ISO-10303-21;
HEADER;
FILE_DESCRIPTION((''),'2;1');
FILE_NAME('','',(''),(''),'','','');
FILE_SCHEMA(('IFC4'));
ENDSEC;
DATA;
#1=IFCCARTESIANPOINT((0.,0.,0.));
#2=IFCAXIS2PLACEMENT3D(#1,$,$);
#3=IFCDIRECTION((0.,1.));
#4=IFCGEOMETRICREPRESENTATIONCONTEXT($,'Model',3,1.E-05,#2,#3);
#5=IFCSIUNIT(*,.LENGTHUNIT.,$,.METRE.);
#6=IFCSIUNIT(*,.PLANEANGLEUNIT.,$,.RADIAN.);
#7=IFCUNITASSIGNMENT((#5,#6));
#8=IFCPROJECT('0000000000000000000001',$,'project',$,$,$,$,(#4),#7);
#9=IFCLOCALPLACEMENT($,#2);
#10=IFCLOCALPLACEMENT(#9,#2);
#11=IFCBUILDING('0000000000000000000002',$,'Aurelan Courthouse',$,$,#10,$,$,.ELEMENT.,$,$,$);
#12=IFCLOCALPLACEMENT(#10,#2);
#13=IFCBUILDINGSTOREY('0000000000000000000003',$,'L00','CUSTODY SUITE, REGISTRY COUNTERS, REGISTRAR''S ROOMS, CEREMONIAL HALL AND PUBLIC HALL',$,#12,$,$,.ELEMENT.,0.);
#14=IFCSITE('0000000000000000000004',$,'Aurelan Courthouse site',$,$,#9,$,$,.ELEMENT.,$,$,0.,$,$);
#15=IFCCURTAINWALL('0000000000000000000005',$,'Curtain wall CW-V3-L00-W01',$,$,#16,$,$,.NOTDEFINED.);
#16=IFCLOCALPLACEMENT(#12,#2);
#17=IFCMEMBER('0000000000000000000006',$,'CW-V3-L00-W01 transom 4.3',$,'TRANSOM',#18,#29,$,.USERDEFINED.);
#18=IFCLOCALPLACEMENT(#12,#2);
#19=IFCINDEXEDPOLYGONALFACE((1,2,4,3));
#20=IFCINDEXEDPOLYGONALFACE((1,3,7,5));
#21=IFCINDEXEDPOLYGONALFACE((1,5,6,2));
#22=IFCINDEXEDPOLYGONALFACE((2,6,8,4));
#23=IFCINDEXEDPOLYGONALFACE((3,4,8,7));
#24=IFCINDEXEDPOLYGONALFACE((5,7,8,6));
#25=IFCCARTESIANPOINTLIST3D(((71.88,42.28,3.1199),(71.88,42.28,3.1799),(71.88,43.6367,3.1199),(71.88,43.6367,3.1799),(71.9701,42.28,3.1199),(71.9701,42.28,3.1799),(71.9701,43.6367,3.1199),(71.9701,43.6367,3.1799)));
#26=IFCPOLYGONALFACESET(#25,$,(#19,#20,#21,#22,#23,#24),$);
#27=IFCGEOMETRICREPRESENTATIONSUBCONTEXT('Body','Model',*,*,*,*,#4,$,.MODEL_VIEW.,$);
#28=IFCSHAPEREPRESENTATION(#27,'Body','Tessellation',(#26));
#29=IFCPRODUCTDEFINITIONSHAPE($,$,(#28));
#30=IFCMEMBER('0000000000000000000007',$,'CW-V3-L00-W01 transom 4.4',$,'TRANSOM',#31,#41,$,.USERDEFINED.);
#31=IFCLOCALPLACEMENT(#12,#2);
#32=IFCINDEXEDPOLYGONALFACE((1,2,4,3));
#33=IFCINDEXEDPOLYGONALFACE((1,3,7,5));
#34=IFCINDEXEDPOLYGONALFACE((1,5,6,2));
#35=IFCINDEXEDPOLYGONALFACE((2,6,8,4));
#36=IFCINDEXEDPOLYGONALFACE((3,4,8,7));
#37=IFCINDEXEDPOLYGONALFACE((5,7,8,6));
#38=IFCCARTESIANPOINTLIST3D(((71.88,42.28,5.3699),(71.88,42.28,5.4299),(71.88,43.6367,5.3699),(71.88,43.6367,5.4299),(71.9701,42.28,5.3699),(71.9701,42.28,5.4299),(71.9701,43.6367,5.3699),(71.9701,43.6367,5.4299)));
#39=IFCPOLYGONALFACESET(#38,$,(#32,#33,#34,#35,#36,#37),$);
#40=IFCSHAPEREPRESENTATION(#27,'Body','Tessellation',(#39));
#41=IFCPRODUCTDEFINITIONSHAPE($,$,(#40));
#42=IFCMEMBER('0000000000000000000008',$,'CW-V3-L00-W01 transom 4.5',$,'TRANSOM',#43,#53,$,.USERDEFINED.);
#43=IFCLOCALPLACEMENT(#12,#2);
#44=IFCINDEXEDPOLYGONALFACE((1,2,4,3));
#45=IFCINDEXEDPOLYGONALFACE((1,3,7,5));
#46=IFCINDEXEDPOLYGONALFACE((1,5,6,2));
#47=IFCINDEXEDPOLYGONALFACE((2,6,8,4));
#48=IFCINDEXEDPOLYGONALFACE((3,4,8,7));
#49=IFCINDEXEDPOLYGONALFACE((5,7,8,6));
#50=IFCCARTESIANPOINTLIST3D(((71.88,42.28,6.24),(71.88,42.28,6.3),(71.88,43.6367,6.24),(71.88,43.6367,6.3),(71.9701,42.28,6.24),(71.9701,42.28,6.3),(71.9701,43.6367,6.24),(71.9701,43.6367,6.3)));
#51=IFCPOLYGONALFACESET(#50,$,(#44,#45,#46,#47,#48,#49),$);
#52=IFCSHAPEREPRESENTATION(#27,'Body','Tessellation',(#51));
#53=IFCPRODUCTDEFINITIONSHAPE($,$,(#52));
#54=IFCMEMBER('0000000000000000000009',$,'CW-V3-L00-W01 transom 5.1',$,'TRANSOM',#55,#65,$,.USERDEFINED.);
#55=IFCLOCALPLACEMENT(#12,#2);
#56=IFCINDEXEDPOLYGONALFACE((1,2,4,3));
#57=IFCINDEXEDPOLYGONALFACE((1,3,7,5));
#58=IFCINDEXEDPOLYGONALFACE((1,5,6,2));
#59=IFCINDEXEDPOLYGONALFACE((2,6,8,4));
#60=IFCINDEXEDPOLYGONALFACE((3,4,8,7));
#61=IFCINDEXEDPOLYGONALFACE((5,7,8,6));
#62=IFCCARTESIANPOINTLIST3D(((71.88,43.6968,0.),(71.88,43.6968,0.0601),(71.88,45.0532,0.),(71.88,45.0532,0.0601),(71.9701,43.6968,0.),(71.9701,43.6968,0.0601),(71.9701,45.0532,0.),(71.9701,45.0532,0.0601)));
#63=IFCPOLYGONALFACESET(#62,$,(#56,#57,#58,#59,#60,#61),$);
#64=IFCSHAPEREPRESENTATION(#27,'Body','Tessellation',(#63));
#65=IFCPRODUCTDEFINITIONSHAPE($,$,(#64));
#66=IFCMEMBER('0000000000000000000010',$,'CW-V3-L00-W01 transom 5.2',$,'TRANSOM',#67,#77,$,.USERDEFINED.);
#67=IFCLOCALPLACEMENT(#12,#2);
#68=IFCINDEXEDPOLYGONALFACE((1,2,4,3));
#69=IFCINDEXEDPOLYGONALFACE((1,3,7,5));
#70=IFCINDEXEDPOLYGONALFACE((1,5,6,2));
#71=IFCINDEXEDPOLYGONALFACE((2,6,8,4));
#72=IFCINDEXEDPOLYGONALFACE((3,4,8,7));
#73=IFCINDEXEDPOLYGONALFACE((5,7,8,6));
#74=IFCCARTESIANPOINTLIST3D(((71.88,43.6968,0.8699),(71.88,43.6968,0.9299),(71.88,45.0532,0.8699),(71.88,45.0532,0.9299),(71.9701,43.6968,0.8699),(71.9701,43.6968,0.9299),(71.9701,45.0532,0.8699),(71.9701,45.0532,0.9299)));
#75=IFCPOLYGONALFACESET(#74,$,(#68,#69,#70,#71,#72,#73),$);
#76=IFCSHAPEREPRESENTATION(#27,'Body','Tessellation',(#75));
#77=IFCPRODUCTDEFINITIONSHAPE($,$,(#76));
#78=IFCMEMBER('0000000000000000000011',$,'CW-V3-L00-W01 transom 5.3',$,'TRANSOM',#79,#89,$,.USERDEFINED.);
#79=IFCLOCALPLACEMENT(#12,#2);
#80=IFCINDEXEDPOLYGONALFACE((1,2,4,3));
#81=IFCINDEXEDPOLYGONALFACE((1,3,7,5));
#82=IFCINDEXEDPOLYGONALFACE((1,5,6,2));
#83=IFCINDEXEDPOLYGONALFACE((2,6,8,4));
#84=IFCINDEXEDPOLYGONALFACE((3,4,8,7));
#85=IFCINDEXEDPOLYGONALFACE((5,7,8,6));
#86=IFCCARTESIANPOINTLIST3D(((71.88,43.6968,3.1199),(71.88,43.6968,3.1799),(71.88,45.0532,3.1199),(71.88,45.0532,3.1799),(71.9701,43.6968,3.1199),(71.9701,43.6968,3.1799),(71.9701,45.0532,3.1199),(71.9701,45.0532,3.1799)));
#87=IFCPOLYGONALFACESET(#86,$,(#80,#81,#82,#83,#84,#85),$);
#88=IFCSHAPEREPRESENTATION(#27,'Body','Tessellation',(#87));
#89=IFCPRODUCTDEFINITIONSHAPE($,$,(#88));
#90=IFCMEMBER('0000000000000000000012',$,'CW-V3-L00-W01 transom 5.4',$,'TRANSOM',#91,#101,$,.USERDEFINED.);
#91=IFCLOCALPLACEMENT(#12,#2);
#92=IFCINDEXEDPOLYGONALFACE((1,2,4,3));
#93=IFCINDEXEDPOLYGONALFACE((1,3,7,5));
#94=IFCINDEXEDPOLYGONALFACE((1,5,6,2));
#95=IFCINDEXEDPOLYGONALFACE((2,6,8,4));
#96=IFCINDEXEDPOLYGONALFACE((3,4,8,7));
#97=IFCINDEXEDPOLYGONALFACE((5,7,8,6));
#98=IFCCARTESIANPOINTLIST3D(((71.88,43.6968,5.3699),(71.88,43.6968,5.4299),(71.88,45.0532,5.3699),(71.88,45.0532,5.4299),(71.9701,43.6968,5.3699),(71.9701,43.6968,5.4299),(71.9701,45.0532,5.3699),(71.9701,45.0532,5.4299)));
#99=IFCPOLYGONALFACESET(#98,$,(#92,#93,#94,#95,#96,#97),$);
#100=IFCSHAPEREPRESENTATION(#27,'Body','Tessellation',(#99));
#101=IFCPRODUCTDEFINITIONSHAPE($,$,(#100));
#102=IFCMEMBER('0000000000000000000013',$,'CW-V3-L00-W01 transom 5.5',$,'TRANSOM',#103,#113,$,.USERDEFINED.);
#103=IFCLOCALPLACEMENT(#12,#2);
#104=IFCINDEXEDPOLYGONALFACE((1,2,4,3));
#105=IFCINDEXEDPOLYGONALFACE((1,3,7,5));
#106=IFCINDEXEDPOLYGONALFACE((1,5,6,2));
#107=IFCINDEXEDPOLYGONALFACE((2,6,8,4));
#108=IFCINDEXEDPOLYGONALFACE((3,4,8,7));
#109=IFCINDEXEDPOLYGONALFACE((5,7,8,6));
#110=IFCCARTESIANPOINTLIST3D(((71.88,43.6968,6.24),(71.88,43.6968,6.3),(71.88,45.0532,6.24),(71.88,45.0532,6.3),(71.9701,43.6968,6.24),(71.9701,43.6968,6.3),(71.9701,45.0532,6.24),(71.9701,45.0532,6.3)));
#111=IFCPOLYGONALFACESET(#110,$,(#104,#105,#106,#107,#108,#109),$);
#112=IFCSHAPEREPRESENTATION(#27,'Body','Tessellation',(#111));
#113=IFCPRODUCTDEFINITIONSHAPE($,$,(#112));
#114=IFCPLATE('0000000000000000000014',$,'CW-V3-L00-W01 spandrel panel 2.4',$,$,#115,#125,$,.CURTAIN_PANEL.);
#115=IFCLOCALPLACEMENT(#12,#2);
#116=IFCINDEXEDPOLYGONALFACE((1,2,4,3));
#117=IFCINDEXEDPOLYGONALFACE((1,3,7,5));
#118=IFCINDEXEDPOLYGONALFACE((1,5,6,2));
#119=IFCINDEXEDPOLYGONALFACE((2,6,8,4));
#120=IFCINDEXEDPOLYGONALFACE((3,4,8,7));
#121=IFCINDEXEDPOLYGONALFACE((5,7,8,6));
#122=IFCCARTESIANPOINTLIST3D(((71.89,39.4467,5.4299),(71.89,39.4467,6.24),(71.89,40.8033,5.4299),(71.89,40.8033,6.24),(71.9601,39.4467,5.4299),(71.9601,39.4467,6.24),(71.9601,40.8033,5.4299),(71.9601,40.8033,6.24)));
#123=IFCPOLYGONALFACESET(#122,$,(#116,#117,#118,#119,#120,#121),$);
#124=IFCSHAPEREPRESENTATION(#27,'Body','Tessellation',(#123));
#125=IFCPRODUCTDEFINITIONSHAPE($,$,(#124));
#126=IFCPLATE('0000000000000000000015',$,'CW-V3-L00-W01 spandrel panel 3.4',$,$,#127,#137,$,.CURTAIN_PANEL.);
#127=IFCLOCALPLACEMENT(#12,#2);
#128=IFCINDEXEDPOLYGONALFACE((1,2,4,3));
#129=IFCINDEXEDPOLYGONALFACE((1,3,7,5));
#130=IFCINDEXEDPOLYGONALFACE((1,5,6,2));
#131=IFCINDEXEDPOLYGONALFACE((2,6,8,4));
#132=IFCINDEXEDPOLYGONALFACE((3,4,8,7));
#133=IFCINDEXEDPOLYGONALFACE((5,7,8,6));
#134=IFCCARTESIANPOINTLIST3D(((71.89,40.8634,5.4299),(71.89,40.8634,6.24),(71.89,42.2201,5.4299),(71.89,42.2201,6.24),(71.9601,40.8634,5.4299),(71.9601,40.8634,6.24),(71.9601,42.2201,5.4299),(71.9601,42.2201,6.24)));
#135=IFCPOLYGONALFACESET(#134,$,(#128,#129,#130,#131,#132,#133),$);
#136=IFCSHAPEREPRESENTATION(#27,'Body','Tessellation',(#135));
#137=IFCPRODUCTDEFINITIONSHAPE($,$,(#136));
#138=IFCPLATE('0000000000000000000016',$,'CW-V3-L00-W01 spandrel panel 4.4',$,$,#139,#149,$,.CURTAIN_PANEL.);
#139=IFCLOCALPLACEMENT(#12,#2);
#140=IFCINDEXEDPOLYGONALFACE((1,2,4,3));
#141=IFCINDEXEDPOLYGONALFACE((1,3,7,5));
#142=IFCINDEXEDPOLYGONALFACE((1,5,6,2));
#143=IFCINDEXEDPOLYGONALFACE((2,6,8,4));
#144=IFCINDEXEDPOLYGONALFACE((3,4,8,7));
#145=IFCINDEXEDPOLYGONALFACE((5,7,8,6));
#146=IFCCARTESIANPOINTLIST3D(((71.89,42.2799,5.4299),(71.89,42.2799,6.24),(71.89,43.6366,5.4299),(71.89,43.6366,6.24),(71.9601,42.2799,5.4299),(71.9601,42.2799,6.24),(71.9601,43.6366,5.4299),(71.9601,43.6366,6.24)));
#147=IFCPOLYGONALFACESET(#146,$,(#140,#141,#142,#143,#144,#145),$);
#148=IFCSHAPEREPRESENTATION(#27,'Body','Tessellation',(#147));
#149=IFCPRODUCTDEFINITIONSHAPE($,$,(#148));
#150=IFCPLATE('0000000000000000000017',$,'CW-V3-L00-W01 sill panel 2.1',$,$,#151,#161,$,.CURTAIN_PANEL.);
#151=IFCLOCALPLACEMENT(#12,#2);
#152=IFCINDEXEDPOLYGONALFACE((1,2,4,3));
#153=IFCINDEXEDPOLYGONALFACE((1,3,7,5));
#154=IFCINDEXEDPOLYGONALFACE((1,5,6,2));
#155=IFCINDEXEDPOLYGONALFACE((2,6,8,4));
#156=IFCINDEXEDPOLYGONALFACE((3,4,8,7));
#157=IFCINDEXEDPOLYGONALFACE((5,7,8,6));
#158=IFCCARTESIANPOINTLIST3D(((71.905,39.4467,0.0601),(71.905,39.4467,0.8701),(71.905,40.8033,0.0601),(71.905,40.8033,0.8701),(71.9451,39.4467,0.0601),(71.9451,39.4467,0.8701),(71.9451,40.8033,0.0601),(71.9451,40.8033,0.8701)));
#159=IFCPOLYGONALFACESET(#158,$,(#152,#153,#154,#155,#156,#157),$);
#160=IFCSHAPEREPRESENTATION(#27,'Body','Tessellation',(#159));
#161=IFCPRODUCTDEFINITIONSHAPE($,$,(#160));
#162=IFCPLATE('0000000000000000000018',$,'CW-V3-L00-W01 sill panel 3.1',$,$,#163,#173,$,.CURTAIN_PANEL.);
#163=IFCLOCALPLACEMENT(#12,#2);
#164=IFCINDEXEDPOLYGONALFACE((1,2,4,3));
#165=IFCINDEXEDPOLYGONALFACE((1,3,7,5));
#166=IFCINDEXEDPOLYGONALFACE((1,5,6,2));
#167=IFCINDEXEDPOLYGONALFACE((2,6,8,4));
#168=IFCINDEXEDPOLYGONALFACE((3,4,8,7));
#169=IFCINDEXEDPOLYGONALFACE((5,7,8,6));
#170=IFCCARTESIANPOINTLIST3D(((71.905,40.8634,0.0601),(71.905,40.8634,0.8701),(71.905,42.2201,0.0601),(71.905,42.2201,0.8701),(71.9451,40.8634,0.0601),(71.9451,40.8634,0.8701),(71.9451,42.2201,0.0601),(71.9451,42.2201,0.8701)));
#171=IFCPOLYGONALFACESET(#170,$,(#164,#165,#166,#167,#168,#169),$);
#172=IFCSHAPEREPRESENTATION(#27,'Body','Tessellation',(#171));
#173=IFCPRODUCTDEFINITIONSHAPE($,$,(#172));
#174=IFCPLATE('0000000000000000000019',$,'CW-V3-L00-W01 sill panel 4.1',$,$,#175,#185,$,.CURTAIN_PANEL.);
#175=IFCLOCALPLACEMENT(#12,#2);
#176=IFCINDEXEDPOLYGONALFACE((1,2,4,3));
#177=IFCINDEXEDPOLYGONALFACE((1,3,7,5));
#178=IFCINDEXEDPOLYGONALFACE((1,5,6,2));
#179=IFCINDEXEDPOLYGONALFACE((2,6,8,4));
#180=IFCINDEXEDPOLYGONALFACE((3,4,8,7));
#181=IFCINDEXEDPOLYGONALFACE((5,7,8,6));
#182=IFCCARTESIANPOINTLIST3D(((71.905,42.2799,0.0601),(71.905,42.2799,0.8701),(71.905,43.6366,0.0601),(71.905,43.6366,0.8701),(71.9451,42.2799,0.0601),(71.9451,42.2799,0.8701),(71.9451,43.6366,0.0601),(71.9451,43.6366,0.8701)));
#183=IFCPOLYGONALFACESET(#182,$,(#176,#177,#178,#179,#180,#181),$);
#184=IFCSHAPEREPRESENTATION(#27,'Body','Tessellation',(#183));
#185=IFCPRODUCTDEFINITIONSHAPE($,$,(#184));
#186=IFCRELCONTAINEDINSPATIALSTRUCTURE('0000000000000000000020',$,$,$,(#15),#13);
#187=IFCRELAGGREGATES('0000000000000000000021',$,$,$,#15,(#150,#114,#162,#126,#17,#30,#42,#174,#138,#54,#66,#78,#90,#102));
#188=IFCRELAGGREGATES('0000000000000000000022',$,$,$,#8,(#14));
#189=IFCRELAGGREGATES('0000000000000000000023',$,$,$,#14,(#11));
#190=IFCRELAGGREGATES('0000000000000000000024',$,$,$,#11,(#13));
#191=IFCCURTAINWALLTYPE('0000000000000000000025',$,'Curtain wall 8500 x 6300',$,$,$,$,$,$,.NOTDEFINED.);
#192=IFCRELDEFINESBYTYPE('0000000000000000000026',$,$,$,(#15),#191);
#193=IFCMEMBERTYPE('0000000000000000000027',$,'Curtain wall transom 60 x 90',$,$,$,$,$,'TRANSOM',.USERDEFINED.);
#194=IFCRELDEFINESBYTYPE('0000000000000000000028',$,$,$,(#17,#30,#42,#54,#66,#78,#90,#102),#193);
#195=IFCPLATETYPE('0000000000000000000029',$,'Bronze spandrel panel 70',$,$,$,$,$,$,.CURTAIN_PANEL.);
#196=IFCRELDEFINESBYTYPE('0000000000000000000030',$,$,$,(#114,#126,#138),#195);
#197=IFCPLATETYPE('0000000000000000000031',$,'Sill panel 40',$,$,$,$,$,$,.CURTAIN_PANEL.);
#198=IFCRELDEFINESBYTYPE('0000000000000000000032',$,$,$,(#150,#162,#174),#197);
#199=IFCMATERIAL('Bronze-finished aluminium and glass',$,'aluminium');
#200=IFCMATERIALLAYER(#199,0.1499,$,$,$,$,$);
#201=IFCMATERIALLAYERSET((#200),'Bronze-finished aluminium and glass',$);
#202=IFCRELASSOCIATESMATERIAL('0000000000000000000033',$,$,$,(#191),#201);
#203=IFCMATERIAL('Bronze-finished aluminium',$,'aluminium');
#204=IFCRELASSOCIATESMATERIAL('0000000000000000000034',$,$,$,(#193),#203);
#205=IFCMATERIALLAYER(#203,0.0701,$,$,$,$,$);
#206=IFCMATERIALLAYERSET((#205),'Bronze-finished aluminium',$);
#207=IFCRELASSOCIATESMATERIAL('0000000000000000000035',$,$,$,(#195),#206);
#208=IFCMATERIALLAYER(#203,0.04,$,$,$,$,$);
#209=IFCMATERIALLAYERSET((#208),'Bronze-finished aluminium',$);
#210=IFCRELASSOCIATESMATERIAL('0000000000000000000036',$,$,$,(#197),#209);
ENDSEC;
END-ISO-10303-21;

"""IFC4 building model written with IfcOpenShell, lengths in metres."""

from ifc_helpers import new_model, si_unit, direction, frame, origin, origin_2d, place, context, subcontext, project, spatial, rectangle, extrude, material, layer, layer_set, material_profile, profile_set, type_object, element, aggregate, save


model = new_model("IFC4")

# Units and contexts
model_context = context("Model", 3, precision=1e-05, world=origin(), true_north=direction((0.0, 1.0)))
body_context = subcontext(model_context, "Body", "Model", "MODEL_VIEW")
ifc_project = project(units=[si_unit("LENGTHUNIT", "METRE"), si_unit("PLANEANGLEUNIT", "RADIAN")], contexts=[model_context])

# Site, building, storey
site_placement = place(None, origin())
site = spatial("IfcSite", under=ifc_project, at=site_placement, Name="Aurelan Courthouse site", CompositionType="ELEMENT", RefElevation=0.0)
building_placement = place(site_placement, origin())
building = spatial("IfcBuilding", under=site, at=building_placement, Name="Aurelan Courthouse", CompositionType="ELEMENT")
storey_placement = place(building_placement, origin())
storey = spatial("IfcBuildingStorey", under=building, at=storey_placement, Name="L00", Description="CUSTODY SUITE, REGISTRY COUNTERS, REGISTRAR'S ROOMS, CEREMONIAL HALL AND PUBLIC HALL", CompositionType="ELEMENT", Elevation=0.0)

# Curtain wall, members, plates
ifc_material_1 = material(Name="Bronze-finished aluminium and glass", Category="aluminium")
ifc_layer_1 = layer(ifc_material_1, 0.1499)
ifc_layer_set_1 = layer_set([ifc_layer_1], Name="Bronze-finished aluminium and glass")
curtain_wall_type = type_object("IfcCurtainWallType", Name="Curtain wall 8500 x 6300", PredefinedType="NOTDEFINED", material=ifc_layer_set_1)
curtain_wall_placement = place(storey_placement, origin())
curtain_wall = element("IfcCurtainWall", 1, at=curtain_wall_placement, inside=storey, type_object=curtain_wall_type, Name="Curtain wall CW-V3-L00-W01", PredefinedType="NOTDEFINED")
ifc_material_2 = material(Name="Bronze-finished aluminium", Category="aluminium")
ifc_material_profile_1 = material_profile(ifc_material_2, rectangle(XDim=0.0901, YDim=0.0601, at=origin_2d()), Name="Bronze transom 60 x 90")
ifc_profile_set_1 = profile_set([ifc_material_profile_1], Name="Bronze-finished aluminium")
member_type_1 = type_object("IfcMemberType", Name="Curtain wall transom 60 x 90", ElementType="TRANSOM", PredefinedType="USERDEFINED", material=ifc_profile_set_1)
member_1_placement = place(storey_placement, frame((71.925, 42.28, 3.1499), z_axis=(0.0, 1.0, 0.0), x_axis=(-1.0, 0.0, 0.0)))
member_1 = element("IfcMember", 2, at=member_1_placement, type_object=member_type_1, Name="CW-V3-L00-W01 transom 4.3", ObjectType="TRANSOM", PredefinedType="USERDEFINED", context=body_context, shape_type="SweptSolid", body=[
    extrude(rectangle(XDim=0.0901, YDim=0.0601, at=origin_2d()), origin(), (0.0, 0.0, 1.0), 1.3567),
])
member_2_placement = place(storey_placement, frame((71.925, 42.28, 5.3999), z_axis=(0.0, 1.0, 0.0), x_axis=(-1.0, 0.0, 0.0)))
member_2 = element("IfcMember", 3, at=member_2_placement, type_object=member_type_1, Name="CW-V3-L00-W01 transom 4.4", ObjectType="TRANSOM", PredefinedType="USERDEFINED", context=body_context, shape_type="SweptSolid", body=[
    extrude(rectangle(XDim=0.0901, YDim=0.0601, at=origin_2d()), origin(), (0.0, 0.0, 1.0), 1.3567),
])
member_3_placement = place(storey_placement, frame((71.925, 42.28, 6.27), z_axis=(0.0, 1.0, 0.0), x_axis=(-1.0, 0.0, 0.0)))
member_3 = element("IfcMember", 4, at=member_3_placement, type_object=member_type_1, Name="CW-V3-L00-W01 transom 4.5", ObjectType="TRANSOM", PredefinedType="USERDEFINED", context=body_context, shape_type="SweptSolid", body=[
    extrude(rectangle(XDim=0.0901, YDim=0.0601, at=origin_2d()), origin(), (0.0, 0.0, 1.0), 1.3567),
])
member_4_placement = place(storey_placement, frame((71.925, 43.6968, 0.03), z_axis=(0.0, 1.0, 0.0), x_axis=(-1.0, 0.0, 0.0)))
member_4 = element("IfcMember", 5, at=member_4_placement, type_object=member_type_1, Name="CW-V3-L00-W01 transom 5.1", ObjectType="TRANSOM", PredefinedType="USERDEFINED", context=body_context, shape_type="SweptSolid", body=[
    extrude(rectangle(XDim=0.0901, YDim=0.0601, at=origin_2d()), origin(), (0.0, 0.0, 1.0), 1.3564),
])
member_5_placement = place(storey_placement, frame((71.925, 43.6968, 0.8999), z_axis=(0.0, 1.0, 0.0), x_axis=(-1.0, 0.0, 0.0)))
member_5 = element("IfcMember", 6, at=member_5_placement, type_object=member_type_1, Name="CW-V3-L00-W01 transom 5.2", ObjectType="TRANSOM", PredefinedType="USERDEFINED", context=body_context, shape_type="SweptSolid", body=[
    extrude(rectangle(XDim=0.0901, YDim=0.0601, at=origin_2d()), origin(), (0.0, 0.0, 1.0), 1.3564),
])
member_6_placement = place(storey_placement, frame((71.925, 43.6968, 3.1499), z_axis=(0.0, 1.0, 0.0), x_axis=(-1.0, 0.0, 0.0)))
member_6 = element("IfcMember", 7, at=member_6_placement, type_object=member_type_1, Name="CW-V3-L00-W01 transom 5.3", ObjectType="TRANSOM", PredefinedType="USERDEFINED", context=body_context, shape_type="SweptSolid", body=[
    extrude(rectangle(XDim=0.0901, YDim=0.0601, at=origin_2d()), origin(), (0.0, 0.0, 1.0), 1.3564),
])
member_7_placement = place(storey_placement, frame((71.925, 43.6968, 5.3999), z_axis=(0.0, 1.0, 0.0), x_axis=(-1.0, 0.0, 0.0)))
member_7 = element("IfcMember", 8, at=member_7_placement, type_object=member_type_1, Name="CW-V3-L00-W01 transom 5.4", ObjectType="TRANSOM", PredefinedType="USERDEFINED", context=body_context, shape_type="SweptSolid", body=[
    extrude(rectangle(XDim=0.0901, YDim=0.0601, at=origin_2d()), origin(), (0.0, 0.0, 1.0), 1.3564),
])
member_8_placement = place(storey_placement, frame((71.925, 43.6968, 6.27), z_axis=(0.0, 1.0, 0.0), x_axis=(-1.0, 0.0, 0.0)))
member_8 = element("IfcMember", 9, at=member_8_placement, type_object=member_type_1, Name="CW-V3-L00-W01 transom 5.5", ObjectType="TRANSOM", PredefinedType="USERDEFINED", context=body_context, shape_type="SweptSolid", body=[
    extrude(rectangle(XDim=0.0901, YDim=0.0601, at=origin_2d()), origin(), (0.0, 0.0, 1.0), 1.3564),
])
ifc_layer_2 = layer(ifc_material_2, 0.0701)
ifc_layer_set_2 = layer_set([ifc_layer_2], Name="Bronze-finished aluminium")
plate_type_1 = type_object("IfcPlateType", Name="Bronze spandrel panel 70", PredefinedType="CURTAIN_PANEL", material=ifc_layer_set_2)
plate_1_placement = place(storey_placement, frame((71.925, 40.125, 5.4299), z_axis=(0.0, 0.0, 1.0), x_axis=(0.0, 1.0, 0.0)))
plate_1 = element("IfcPlate", 10, at=plate_1_placement, type_object=plate_type_1, Name="CW-V3-L00-W01 spandrel panel 2.4", PredefinedType="CURTAIN_PANEL", context=body_context, shape_type="SweptSolid", body=[
    extrude(rectangle(XDim=1.3567, YDim=0.0701, at=origin_2d()), origin(), (0.0, 0.0, 1.0), 0.8101),
])
plate_2_placement = place(storey_placement, frame((71.925, 41.5417, 5.4299), z_axis=(0.0, 0.0, 1.0), x_axis=(0.0, 1.0, 0.0)))
plate_2 = element("IfcPlate", 11, at=plate_2_placement, type_object=plate_type_1, Name="CW-V3-L00-W01 spandrel panel 3.4", PredefinedType="CURTAIN_PANEL", context=body_context, shape_type="SweptSolid", body=[
    extrude(rectangle(XDim=1.3567, YDim=0.0701, at=origin_2d()), origin(), (0.0, 0.0, 1.0), 0.8101),
])
plate_3_placement = place(storey_placement, frame((71.925, 42.9583, 5.4299), z_axis=(0.0, 0.0, 1.0), x_axis=(0.0, 1.0, 0.0)))
plate_3 = element("IfcPlate", 12, at=plate_3_placement, type_object=plate_type_1, Name="CW-V3-L00-W01 spandrel panel 4.4", PredefinedType="CURTAIN_PANEL", context=body_context, shape_type="SweptSolid", body=[
    extrude(rectangle(XDim=1.3567, YDim=0.0701, at=origin_2d()), origin(), (0.0, 0.0, 1.0), 0.8101),
])
ifc_layer_3 = layer(ifc_material_2, 0.04)
ifc_layer_set_3 = layer_set([ifc_layer_3], Name="Bronze-finished aluminium")
plate_type_2 = type_object("IfcPlateType", Name="Sill panel 40", PredefinedType="CURTAIN_PANEL", material=ifc_layer_set_3)
plate_4_placement = place(storey_placement, frame((71.925, 40.125, 0.0601), z_axis=(0.0, 0.0, 1.0), x_axis=(0.0, 1.0, 0.0)))
plate_4 = element("IfcPlate", 13, at=plate_4_placement, type_object=plate_type_2, Name="CW-V3-L00-W01 sill panel 2.1", PredefinedType="CURTAIN_PANEL", context=body_context, shape_type="SweptSolid", body=[
    extrude(rectangle(XDim=1.3567, YDim=0.04, at=origin_2d()), origin(), (0.0, 0.0, 1.0), 0.8101),
])
plate_5_placement = place(storey_placement, frame((71.925, 41.5417, 0.0601), z_axis=(0.0, 0.0, 1.0), x_axis=(0.0, 1.0, 0.0)))
plate_5 = element("IfcPlate", 14, at=plate_5_placement, type_object=plate_type_2, Name="CW-V3-L00-W01 sill panel 3.1", PredefinedType="CURTAIN_PANEL", context=body_context, shape_type="SweptSolid", body=[
    extrude(rectangle(XDim=1.3567, YDim=0.04, at=origin_2d()), origin(), (0.0, 0.0, 1.0), 0.8101),
])
plate_6_placement = place(storey_placement, frame((71.925, 42.9583, 0.0601), z_axis=(0.0, 0.0, 1.0), x_axis=(0.0, 1.0, 0.0)))
plate_6 = element("IfcPlate", 15, at=plate_6_placement, type_object=plate_type_2, Name="CW-V3-L00-W01 sill panel 4.1", PredefinedType="CURTAIN_PANEL", context=body_context, shape_type="SweptSolid", body=[
    extrude(rectangle(XDim=1.3567, YDim=0.04, at=origin_2d()), origin(), (0.0, 0.0, 1.0), 0.8101),
])
aggregate(curtain_wall, [plate_4, plate_1, plate_5, plate_2, member_1, member_2, member_3, plate_6, plate_3, member_4, member_5, member_6, member_7, member_8])

save(model, "model.ifc")
